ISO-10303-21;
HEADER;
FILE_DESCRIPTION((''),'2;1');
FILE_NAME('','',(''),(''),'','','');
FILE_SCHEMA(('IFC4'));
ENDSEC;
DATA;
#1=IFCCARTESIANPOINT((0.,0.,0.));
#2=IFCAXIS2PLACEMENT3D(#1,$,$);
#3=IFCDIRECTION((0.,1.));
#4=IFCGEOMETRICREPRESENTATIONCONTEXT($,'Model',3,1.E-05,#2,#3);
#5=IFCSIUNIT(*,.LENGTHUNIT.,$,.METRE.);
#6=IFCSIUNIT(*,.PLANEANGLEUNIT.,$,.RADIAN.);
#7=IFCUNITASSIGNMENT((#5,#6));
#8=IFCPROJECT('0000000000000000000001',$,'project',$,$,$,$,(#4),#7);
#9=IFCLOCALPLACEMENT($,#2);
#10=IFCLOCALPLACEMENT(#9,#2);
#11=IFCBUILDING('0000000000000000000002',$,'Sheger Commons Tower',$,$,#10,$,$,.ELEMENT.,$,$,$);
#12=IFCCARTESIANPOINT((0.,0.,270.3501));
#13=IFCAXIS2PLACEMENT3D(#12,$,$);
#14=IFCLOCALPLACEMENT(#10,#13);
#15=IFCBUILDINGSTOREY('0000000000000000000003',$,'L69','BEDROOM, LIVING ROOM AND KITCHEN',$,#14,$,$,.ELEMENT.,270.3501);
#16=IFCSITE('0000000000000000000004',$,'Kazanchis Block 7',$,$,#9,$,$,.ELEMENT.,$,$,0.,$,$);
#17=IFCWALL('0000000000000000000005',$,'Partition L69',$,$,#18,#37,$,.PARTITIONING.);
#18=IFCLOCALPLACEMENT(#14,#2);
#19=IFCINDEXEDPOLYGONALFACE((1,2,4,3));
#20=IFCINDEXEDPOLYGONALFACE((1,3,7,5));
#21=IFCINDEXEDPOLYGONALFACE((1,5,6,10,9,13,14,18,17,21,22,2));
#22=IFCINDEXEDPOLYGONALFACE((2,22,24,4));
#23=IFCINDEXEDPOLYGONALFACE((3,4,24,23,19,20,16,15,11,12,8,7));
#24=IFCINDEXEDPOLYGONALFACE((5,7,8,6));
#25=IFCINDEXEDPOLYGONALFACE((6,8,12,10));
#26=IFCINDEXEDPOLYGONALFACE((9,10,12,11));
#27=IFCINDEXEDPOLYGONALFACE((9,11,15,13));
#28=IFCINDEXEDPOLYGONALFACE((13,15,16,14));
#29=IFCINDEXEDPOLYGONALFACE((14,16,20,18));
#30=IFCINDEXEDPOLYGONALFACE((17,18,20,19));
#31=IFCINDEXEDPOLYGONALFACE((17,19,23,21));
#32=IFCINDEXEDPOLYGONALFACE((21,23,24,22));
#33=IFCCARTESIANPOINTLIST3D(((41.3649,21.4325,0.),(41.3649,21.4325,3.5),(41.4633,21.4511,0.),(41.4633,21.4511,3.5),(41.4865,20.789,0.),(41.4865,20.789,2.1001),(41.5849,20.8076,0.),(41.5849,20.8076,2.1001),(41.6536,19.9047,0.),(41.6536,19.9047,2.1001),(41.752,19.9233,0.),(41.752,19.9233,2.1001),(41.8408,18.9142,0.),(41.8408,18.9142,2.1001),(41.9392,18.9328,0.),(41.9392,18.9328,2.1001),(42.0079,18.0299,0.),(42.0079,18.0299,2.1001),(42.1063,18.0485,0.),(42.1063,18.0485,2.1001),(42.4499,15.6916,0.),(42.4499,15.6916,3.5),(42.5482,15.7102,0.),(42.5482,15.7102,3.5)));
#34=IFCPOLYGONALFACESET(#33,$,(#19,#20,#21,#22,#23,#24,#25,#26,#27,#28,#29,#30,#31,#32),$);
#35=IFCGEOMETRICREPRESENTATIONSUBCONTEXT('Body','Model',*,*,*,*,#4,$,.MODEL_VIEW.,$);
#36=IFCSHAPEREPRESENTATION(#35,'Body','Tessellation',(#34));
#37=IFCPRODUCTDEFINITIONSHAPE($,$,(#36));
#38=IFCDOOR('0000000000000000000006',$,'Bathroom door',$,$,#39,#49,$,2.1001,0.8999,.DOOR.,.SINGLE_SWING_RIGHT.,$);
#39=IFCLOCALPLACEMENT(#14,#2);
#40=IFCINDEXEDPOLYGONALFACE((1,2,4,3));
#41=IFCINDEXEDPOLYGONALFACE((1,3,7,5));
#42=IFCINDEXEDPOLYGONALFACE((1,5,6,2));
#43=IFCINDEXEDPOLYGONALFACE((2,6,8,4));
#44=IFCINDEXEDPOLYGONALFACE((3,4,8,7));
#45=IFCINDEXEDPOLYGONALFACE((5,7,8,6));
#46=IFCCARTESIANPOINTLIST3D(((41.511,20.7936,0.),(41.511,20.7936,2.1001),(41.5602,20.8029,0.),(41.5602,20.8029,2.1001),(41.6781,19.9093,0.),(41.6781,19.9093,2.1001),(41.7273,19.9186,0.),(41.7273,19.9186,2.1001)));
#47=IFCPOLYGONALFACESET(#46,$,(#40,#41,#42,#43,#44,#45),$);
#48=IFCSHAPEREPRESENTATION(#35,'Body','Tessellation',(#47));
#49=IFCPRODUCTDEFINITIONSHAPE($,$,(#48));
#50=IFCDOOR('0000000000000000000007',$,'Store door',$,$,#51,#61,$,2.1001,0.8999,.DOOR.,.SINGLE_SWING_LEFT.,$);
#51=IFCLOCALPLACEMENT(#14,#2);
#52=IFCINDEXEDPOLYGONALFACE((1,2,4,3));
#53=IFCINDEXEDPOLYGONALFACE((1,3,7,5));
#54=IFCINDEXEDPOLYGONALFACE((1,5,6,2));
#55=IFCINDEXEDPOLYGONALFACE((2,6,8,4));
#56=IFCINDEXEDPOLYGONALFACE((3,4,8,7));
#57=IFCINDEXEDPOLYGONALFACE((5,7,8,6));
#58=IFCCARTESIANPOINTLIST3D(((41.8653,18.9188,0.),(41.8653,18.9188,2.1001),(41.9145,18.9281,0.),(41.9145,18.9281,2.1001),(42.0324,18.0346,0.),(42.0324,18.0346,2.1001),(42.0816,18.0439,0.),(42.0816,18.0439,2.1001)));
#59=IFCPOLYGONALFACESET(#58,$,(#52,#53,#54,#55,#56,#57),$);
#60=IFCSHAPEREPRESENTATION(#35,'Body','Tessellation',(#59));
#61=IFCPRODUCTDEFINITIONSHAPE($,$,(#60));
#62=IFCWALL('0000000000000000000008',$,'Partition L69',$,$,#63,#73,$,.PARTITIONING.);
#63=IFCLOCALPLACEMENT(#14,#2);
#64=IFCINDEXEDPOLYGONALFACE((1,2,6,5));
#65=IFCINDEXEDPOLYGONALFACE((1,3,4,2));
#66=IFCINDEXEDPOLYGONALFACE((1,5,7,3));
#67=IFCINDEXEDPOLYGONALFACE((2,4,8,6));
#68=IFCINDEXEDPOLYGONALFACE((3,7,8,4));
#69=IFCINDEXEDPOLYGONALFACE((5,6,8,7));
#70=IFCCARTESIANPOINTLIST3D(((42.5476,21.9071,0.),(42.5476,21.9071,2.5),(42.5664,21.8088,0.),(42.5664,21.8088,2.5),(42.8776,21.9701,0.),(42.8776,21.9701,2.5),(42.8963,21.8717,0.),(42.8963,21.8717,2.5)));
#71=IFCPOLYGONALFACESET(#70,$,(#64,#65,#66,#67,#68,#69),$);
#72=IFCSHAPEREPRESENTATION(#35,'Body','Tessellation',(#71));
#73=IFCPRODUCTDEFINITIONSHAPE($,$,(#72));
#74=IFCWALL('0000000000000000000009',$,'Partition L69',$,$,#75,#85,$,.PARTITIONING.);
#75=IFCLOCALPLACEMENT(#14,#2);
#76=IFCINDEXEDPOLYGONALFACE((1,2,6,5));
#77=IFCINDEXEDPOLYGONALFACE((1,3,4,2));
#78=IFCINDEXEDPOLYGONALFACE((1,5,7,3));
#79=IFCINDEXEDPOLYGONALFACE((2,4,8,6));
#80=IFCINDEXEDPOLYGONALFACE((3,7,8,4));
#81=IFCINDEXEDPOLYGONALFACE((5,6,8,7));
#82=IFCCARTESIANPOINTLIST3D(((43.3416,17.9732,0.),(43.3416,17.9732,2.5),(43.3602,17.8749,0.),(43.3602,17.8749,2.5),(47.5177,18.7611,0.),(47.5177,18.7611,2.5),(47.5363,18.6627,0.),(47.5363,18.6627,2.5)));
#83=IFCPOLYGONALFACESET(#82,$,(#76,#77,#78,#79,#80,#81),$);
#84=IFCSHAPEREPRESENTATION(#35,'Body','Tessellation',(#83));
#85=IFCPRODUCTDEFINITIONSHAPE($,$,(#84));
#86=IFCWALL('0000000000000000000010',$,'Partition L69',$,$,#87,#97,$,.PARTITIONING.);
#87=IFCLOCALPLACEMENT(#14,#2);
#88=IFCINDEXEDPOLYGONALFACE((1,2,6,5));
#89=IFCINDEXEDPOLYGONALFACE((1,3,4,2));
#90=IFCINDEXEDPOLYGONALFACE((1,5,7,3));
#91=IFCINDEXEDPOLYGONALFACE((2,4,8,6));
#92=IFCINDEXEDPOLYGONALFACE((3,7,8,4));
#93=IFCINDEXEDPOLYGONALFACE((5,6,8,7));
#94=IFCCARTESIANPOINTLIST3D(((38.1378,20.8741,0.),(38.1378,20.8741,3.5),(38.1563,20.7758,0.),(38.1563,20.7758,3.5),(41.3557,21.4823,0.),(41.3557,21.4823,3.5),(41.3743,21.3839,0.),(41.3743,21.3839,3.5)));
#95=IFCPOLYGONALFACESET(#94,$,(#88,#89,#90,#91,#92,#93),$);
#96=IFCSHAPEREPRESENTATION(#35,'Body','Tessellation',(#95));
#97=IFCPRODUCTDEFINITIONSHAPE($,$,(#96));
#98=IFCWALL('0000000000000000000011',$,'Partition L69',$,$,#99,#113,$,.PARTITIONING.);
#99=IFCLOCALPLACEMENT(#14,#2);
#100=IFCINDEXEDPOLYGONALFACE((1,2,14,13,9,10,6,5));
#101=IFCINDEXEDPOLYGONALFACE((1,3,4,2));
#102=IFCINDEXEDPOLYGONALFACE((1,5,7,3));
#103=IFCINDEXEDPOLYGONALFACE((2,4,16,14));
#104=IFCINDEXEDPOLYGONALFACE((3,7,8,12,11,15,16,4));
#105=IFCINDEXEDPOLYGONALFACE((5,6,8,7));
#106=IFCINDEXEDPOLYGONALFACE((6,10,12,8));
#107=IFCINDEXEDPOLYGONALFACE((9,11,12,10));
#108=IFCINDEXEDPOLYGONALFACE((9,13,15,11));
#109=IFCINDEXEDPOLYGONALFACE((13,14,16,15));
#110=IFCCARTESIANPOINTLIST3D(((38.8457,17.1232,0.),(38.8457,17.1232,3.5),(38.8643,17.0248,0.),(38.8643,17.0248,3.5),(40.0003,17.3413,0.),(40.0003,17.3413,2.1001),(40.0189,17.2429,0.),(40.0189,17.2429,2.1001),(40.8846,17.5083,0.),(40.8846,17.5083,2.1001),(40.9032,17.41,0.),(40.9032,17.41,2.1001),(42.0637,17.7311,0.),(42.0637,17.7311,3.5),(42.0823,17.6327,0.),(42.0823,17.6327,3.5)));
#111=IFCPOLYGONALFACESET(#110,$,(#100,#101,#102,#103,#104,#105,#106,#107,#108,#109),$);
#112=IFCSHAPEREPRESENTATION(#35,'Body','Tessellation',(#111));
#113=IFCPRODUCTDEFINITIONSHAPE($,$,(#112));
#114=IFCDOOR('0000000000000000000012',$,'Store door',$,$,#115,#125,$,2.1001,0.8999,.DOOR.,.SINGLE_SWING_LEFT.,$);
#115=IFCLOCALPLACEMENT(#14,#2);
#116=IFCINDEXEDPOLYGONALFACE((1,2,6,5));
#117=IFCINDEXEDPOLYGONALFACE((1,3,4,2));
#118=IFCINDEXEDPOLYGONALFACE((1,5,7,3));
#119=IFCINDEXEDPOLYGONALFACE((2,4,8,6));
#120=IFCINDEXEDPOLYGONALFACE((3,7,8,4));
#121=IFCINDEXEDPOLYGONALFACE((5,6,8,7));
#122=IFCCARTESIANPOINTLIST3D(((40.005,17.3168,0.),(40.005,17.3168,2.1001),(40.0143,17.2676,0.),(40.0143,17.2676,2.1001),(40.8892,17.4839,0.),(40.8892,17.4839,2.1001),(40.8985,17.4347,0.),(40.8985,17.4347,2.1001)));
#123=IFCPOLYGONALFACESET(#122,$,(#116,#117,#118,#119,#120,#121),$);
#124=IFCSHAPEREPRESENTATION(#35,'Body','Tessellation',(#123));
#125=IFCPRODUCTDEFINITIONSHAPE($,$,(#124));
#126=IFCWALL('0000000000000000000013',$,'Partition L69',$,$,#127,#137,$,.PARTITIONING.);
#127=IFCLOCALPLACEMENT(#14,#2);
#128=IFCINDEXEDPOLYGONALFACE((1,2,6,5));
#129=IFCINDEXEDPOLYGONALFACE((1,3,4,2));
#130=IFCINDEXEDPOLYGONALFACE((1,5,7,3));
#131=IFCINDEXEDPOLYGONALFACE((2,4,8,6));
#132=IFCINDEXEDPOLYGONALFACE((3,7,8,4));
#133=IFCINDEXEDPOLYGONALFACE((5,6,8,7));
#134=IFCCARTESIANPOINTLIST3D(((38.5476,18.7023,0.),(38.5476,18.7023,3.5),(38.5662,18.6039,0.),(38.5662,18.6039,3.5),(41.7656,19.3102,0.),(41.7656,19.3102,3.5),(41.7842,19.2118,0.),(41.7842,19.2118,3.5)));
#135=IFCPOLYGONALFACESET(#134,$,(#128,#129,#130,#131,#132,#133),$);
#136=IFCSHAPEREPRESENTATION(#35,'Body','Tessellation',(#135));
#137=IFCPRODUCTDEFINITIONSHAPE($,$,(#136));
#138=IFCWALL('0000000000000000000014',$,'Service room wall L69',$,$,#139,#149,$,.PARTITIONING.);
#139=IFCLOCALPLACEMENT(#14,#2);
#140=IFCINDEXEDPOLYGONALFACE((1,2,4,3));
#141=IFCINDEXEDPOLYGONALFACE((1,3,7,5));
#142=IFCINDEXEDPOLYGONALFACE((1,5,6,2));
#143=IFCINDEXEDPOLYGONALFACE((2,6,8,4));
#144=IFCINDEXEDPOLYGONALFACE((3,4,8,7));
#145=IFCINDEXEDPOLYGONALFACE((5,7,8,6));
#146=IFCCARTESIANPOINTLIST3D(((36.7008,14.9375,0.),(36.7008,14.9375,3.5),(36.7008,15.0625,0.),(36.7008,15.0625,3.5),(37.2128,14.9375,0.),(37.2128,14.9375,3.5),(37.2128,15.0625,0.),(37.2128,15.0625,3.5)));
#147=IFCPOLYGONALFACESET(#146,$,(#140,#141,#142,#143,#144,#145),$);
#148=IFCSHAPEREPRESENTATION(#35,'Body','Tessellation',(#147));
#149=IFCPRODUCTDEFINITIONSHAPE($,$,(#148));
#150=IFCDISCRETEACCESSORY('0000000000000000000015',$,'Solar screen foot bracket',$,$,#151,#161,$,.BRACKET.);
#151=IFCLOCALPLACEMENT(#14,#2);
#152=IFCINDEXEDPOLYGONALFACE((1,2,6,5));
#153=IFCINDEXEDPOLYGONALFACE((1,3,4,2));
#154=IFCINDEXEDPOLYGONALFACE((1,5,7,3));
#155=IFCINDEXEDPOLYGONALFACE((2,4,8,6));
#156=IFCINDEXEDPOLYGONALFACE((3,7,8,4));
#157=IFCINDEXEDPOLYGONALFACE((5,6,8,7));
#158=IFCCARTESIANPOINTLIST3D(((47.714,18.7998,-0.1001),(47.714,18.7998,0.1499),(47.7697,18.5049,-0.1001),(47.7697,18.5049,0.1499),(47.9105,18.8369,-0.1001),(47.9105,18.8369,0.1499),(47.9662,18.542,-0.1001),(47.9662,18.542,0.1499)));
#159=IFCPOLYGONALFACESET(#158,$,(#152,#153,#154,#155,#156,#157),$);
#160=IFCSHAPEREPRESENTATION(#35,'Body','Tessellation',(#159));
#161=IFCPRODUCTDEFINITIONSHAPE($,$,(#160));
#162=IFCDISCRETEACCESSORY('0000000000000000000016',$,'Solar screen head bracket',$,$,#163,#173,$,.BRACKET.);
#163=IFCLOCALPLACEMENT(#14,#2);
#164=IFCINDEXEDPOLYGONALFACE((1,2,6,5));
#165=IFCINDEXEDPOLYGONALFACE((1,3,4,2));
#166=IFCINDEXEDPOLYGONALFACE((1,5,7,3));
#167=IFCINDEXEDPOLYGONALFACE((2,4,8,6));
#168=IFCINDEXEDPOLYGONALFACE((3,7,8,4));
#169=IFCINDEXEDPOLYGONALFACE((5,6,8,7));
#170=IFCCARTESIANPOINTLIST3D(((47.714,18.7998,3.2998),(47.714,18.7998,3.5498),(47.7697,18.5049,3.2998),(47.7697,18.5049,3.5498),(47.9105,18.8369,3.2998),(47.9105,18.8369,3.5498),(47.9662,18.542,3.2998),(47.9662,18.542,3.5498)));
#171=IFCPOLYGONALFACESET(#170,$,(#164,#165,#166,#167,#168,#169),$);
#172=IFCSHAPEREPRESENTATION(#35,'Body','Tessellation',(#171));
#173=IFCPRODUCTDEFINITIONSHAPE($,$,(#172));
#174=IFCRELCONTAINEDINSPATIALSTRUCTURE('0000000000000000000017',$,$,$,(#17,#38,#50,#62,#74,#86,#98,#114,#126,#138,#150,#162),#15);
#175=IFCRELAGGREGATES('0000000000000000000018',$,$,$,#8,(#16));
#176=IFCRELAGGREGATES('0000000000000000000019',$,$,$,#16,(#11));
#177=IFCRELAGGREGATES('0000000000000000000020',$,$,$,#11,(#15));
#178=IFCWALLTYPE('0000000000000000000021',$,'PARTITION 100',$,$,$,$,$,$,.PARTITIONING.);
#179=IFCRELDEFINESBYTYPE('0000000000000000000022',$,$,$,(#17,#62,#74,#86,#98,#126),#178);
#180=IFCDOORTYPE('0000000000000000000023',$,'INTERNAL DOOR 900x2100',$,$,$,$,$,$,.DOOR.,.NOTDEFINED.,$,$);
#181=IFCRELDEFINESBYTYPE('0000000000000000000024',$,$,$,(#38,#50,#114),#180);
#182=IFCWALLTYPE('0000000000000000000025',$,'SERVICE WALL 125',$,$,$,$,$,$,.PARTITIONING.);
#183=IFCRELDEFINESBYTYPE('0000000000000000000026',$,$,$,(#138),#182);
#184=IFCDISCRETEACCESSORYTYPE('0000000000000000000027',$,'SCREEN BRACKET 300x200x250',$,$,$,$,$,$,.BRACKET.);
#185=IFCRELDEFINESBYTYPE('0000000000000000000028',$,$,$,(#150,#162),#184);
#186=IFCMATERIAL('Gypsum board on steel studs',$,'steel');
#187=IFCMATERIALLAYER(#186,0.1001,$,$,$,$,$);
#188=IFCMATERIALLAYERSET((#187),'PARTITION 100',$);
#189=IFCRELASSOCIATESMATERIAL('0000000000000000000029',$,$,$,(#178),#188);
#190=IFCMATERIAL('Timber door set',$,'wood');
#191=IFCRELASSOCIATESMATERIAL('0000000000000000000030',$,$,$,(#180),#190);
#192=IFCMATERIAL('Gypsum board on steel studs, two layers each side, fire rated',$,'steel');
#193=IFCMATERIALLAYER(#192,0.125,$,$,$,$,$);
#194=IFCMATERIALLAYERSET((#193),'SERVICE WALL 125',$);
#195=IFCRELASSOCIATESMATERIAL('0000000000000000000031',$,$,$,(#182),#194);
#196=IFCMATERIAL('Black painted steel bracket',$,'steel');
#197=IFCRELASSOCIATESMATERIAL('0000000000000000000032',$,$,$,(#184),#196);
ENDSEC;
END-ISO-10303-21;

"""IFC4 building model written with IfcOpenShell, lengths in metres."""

from ifc_helpers import new_model, si_unit, direction, frame, frame_2d, origin, origin_2d, place, context, subcontext, project, spatial, rectangle, extrude, material, layer, layer_set, type_object, element, fill, save


model = new_model("IFC4")

# Units and contexts
model_context = context("Model", 3, precision=1e-05, world=origin(), true_north=direction((0.0, 1.0)))
body_context = subcontext(model_context, "Body", "Model", "MODEL_VIEW")
ifc_project = project(units=[si_unit("LENGTHUNIT", "METRE"), si_unit("PLANEANGLEUNIT", "RADIAN")], contexts=[model_context])

# Site, building, storey
site_placement = place(None, origin())
site = spatial("IfcSite", under=ifc_project, at=site_placement, Name="Kazanchis Block 7", CompositionType="ELEMENT", RefElevation=0.0)
building_placement = place(site_placement, origin())
building = spatial("IfcBuilding", under=site, at=building_placement, Name="Sheger Commons Tower", CompositionType="ELEMENT")
storey_placement = place(building_placement, frame((0.0, 0.0, 270.3501)))
storey = spatial("IfcBuildingStorey", under=building, at=storey_placement, Name="L69", Description="BEDROOM, LIVING ROOM AND KITCHEN", CompositionType="ELEMENT", Elevation=270.3501)

# Wall, openings, doors
ifc_material_1 = material(Name="Gypsum board on steel studs", Category="steel")
ifc_layer_1 = layer(ifc_material_1, 0.1001)
ifc_layer_set_1 = layer_set([ifc_layer_1], Name="PARTITION 100")
wall_type_1 = type_object("IfcWallType", Name="PARTITION 100", PredefinedType="PARTITIONING", material=ifc_layer_set_1)
ifc_material_2 = material(Name="Timber door set", Category="wood")
door_type = type_object("IfcDoorType", Name="INTERNAL DOOR 900x2100", OperationType="NOTDEFINED", PredefinedType="DOOR", material=ifc_material_2)
wall_1_placement = place(storey_placement, frame((41.4141, 21.4419, 0.0), z_axis=(0.0, 0.0, 1.0), x_axis=(0.185699, -0.982607, 0.0)))
wall_1 = element("IfcWall", 1, at=wall_1_placement, inside=storey, type_object=wall_type_1, Name="Partition L69", PredefinedType="PARTITIONING", context=body_context, shape_type="SweptSolid", body=[
    extrude(rectangle(XDim=5.8425, YDim=0.1001, at=frame_2d((2.9214, 0.0))), origin(), (0.0, 0.0, 1.0), 3.5),
])
opening_1_placement = place(wall_1_placement, frame((0.655, 0.0, 0.0)))
opening_1 = element("IfcOpeningElement", 2, at=opening_1_placement, cuts=wall_1, PredefinedType="OPENING", context=body_context, shape_type="SweptSolid", body=[
    extrude(rectangle(XDim=0.8999, YDim=2.1001, at=frame_2d((0.45, 1.05))), frame((0.0, 0.0601, 0.0), z_axis=(0.0, -1.0, 0.0), x_axis=(1.0, 0.0, 0.0)), (0.0, 0.0, 1.0), 0.1201),
])
opening_2_placement = place(wall_1_placement, frame((2.563, 0.0, 0.0)))
opening_2 = element("IfcOpeningElement", 3, at=opening_2_placement, cuts=wall_1, PredefinedType="OPENING", context=body_context, shape_type="SweptSolid", body=[
    extrude(rectangle(XDim=0.8999, YDim=2.1001, at=frame_2d((0.45, 1.05))), frame((0.0, 0.0601, 0.0), z_axis=(0.0, -1.0, 0.0), x_axis=(1.0, 0.0, 0.0)), (0.0, 0.0, 1.0), 0.1201),
])
door_1_placement = place(opening_1_placement, origin())
door_1 = element("IfcDoor", 4, at=door_1_placement, inside=storey, type_object=door_type, Name="Bathroom door", OperationType="SINGLE_SWING_RIGHT", OverallHeight=2.1001, OverallWidth=0.8999, PredefinedType="DOOR", context=body_context, shape_type="SweptSolid", body=[
    extrude(rectangle(XDim=0.8999, YDim=2.1001, at=frame_2d((0.45, 1.05))), frame((0.0, 0.0249, 0.0), z_axis=(0.0, -1.0, 0.0), x_axis=(1.0, 0.0, 0.0)), (0.0, 0.0, 1.0), 0.05),
])
fill(opening_1, door_1)
door_2_placement = place(opening_2_placement, origin())
door_2 = element("IfcDoor", 5, at=door_2_placement, inside=storey, type_object=door_type, Name="Store door", OperationType="SINGLE_SWING_LEFT", OverallHeight=2.1001, OverallWidth=0.8999, PredefinedType="DOOR", context=body_context, shape_type="SweptSolid", body=[
    extrude(rectangle(XDim=0.8999, YDim=2.1001, at=frame_2d((0.45, 1.05))), frame((0.0, 0.0249, 0.0), z_axis=(0.0, -1.0, 0.0), x_axis=(1.0, 0.0, 0.0)), (0.0, 0.0, 1.0), 0.05),
])
fill(opening_2, door_2)

# Walls
wall_2_placement = place(storey_placement, frame((42.887, 21.9209, 0.0), z_axis=(0.0, 0.0, 1.0), x_axis=(-0.982275, -0.187446, 0.0)))
element("IfcWall", 6, at=wall_2_placement, inside=storey, type_object=wall_type_1, Name="Partition L69", PredefinedType="PARTITIONING", context=body_context, shape_type="SweptSolid", body=[
    extrude(rectangle(XDim=0.3359, YDim=0.1001, at=frame_2d((0.168, 0.0))), origin(), (0.0, 0.0, 1.0), 2.5),
])
wall_3_placement = place(storey_placement, frame((47.5271, 18.7119, 0.0), z_axis=(0.0, 0.0, 1.0), x_axis=(-0.982665, -0.185388, 0.0)))
element("IfcWall", 7, at=wall_3_placement, inside=storey, type_object=wall_type_1, Name="Partition L69", PredefinedType="PARTITIONING", context=body_context, shape_type="SweptSolid", body=[
    extrude(rectangle(XDim=4.2498, YDim=0.1001, at=frame_2d((2.125, 0.0))), origin(), (0.0, 0.0, 1.0), 2.5),
])
wall_4_placement = place(storey_placement, frame((41.365, 21.4331, 0.0), z_axis=(0.0, 0.0, 1.0), x_axis=(-0.982607, -0.185697, 0.0)))
element("IfcWall", 8, at=wall_4_placement, inside=storey, type_object=wall_type_1, Name="Partition L69", PredefinedType="PARTITIONING", context=body_context, shape_type="SweptSolid", body=[
    extrude(rectangle(XDim=3.2749, YDim=0.1001, at=frame_2d((1.6375, 0.0))), origin(), (0.0, 0.0, 1.0), 3.5),
])

# Wall, opening, door
wall_5_placement = place(storey_placement, frame((42.073, 17.6819, 0.0), z_axis=(0.0, 0.0, 1.0), x_axis=(-0.982621, -0.185625, 0.0)))
wall_5 = element("IfcWall", 9, at=wall_5_placement, inside=storey, type_object=wall_type_1, Name="Partition L69", PredefinedType="PARTITIONING", context=body_context, shape_type="SweptSolid", body=[
    extrude(rectangle(XDim=3.2749, YDim=0.1001, at=frame_2d((1.6375, 0.0))), origin(), (0.0, 0.0, 1.0), 3.5),
])
opening_3_placement = place(wall_5_placement, frame((1.2, 0.0, 0.0)))
opening_3 = element("IfcOpeningElement", 10, at=opening_3_placement, cuts=wall_5, PredefinedType="OPENING", context=body_context, shape_type="SweptSolid", body=[
    extrude(rectangle(XDim=0.8999, YDim=2.1001, at=frame_2d((0.45, 1.05))), frame((0.0, 0.0601, 0.0), z_axis=(0.0, -1.0, 0.0), x_axis=(1.0, 0.0, 0.0)), (0.0, 0.0, 1.0), 0.1201),
])
door_3_placement = place(opening_3_placement, origin())
door_3 = element("IfcDoor", 11, at=door_3_placement, inside=storey, type_object=door_type, Name="Store door", OperationType="SINGLE_SWING_LEFT", OverallHeight=2.1001, OverallWidth=0.8999, PredefinedType="DOOR", context=body_context, shape_type="SweptSolid", body=[
    extrude(rectangle(XDim=0.8999, YDim=2.1001, at=frame_2d((0.45, 1.05))), frame((0.0, 0.0249, 0.0), z_axis=(0.0, -1.0, 0.0), x_axis=(1.0, 0.0, 0.0)), (0.0, 0.0, 1.0), 0.05),
])
fill(opening_3, door_3)

# Walls
wall_6_placement = place(storey_placement, frame((41.7749, 19.261, 0.0), z_axis=(0.0, 0.0, 1.0), x_axis=(-0.982621, -0.185625, 0.0)))
element("IfcWall", 12, at=wall_6_placement, inside=storey, type_object=wall_type_1, Name="Partition L69", PredefinedType="PARTITIONING", context=body_context, shape_type="SweptSolid", body=[
    extrude(rectangle(XDim=3.2749, YDim=0.1001, at=frame_2d((1.6375, 0.0))), origin(), (0.0, 0.0, 1.0), 3.5),
])
ifc_material_3 = material(Name="Gypsum board on steel studs, two layers each side, fire rated", Category="steel")
ifc_layer_2 = layer(ifc_material_3, 0.125)
ifc_layer_set_2 = layer_set([ifc_layer_2], Name="SERVICE WALL 125")
wall_type_2 = type_object("IfcWallType", Name="SERVICE WALL 125", PredefinedType="PARTITIONING", material=ifc_layer_set_2)
wall_7_placement = place(storey_placement, frame((36.7009, 15.0, 0.0), z_axis=(0.0, 0.0, 1.0), x_axis=(1.0, 0.0, 0.0)))
element("IfcWall", 13, at=wall_7_placement, inside=storey, type_object=wall_type_2, Name="Service room wall L69", PredefinedType="PARTITIONING", context=body_context, shape_type="SweptSolid", body=[
    extrude(rectangle(XDim=0.512, YDim=0.125, at=frame_2d((0.2559, 0.0))), origin(), (0.0, 0.0, 1.0), 3.5),
])

# Discrete accessories
ifc_material_4 = material(Name="Black painted steel bracket", Category="steel")
discrete_accessory_type = type_object("IfcDiscreteAccessoryType", Name="SCREEN BRACKET 300x200x250", PredefinedType="BRACKET", material=ifc_material_4)
for number, where, z_axis, x_axis, name in (
    (14, (47.8401, 18.6709, -0.1001), (0.0, 0.0, 1.0), (-0.185615, 0.982623, 0.0), "Solar screen foot bracket"),
    (15, (47.8401, 18.6709, 3.2998), (0.0, 0.0, 1.0), (-0.185615, 0.982623, 0.0), "Solar screen head bracket"),
):
    element("IfcDiscreteAccessory", number, at=place(storey_placement, frame(where, z_axis=z_axis, x_axis=x_axis)), inside=storey, type_object=discrete_accessory_type, Name=name, PredefinedType="BRACKET", context=body_context, shape_type="SweptSolid", body=[
        extrude(rectangle(XDim=0.3, YDim=0.2, at=origin_2d()), origin(), (0.0, 0.0, 1.0), 0.25),
    ])

save(model, "model.ifc")
